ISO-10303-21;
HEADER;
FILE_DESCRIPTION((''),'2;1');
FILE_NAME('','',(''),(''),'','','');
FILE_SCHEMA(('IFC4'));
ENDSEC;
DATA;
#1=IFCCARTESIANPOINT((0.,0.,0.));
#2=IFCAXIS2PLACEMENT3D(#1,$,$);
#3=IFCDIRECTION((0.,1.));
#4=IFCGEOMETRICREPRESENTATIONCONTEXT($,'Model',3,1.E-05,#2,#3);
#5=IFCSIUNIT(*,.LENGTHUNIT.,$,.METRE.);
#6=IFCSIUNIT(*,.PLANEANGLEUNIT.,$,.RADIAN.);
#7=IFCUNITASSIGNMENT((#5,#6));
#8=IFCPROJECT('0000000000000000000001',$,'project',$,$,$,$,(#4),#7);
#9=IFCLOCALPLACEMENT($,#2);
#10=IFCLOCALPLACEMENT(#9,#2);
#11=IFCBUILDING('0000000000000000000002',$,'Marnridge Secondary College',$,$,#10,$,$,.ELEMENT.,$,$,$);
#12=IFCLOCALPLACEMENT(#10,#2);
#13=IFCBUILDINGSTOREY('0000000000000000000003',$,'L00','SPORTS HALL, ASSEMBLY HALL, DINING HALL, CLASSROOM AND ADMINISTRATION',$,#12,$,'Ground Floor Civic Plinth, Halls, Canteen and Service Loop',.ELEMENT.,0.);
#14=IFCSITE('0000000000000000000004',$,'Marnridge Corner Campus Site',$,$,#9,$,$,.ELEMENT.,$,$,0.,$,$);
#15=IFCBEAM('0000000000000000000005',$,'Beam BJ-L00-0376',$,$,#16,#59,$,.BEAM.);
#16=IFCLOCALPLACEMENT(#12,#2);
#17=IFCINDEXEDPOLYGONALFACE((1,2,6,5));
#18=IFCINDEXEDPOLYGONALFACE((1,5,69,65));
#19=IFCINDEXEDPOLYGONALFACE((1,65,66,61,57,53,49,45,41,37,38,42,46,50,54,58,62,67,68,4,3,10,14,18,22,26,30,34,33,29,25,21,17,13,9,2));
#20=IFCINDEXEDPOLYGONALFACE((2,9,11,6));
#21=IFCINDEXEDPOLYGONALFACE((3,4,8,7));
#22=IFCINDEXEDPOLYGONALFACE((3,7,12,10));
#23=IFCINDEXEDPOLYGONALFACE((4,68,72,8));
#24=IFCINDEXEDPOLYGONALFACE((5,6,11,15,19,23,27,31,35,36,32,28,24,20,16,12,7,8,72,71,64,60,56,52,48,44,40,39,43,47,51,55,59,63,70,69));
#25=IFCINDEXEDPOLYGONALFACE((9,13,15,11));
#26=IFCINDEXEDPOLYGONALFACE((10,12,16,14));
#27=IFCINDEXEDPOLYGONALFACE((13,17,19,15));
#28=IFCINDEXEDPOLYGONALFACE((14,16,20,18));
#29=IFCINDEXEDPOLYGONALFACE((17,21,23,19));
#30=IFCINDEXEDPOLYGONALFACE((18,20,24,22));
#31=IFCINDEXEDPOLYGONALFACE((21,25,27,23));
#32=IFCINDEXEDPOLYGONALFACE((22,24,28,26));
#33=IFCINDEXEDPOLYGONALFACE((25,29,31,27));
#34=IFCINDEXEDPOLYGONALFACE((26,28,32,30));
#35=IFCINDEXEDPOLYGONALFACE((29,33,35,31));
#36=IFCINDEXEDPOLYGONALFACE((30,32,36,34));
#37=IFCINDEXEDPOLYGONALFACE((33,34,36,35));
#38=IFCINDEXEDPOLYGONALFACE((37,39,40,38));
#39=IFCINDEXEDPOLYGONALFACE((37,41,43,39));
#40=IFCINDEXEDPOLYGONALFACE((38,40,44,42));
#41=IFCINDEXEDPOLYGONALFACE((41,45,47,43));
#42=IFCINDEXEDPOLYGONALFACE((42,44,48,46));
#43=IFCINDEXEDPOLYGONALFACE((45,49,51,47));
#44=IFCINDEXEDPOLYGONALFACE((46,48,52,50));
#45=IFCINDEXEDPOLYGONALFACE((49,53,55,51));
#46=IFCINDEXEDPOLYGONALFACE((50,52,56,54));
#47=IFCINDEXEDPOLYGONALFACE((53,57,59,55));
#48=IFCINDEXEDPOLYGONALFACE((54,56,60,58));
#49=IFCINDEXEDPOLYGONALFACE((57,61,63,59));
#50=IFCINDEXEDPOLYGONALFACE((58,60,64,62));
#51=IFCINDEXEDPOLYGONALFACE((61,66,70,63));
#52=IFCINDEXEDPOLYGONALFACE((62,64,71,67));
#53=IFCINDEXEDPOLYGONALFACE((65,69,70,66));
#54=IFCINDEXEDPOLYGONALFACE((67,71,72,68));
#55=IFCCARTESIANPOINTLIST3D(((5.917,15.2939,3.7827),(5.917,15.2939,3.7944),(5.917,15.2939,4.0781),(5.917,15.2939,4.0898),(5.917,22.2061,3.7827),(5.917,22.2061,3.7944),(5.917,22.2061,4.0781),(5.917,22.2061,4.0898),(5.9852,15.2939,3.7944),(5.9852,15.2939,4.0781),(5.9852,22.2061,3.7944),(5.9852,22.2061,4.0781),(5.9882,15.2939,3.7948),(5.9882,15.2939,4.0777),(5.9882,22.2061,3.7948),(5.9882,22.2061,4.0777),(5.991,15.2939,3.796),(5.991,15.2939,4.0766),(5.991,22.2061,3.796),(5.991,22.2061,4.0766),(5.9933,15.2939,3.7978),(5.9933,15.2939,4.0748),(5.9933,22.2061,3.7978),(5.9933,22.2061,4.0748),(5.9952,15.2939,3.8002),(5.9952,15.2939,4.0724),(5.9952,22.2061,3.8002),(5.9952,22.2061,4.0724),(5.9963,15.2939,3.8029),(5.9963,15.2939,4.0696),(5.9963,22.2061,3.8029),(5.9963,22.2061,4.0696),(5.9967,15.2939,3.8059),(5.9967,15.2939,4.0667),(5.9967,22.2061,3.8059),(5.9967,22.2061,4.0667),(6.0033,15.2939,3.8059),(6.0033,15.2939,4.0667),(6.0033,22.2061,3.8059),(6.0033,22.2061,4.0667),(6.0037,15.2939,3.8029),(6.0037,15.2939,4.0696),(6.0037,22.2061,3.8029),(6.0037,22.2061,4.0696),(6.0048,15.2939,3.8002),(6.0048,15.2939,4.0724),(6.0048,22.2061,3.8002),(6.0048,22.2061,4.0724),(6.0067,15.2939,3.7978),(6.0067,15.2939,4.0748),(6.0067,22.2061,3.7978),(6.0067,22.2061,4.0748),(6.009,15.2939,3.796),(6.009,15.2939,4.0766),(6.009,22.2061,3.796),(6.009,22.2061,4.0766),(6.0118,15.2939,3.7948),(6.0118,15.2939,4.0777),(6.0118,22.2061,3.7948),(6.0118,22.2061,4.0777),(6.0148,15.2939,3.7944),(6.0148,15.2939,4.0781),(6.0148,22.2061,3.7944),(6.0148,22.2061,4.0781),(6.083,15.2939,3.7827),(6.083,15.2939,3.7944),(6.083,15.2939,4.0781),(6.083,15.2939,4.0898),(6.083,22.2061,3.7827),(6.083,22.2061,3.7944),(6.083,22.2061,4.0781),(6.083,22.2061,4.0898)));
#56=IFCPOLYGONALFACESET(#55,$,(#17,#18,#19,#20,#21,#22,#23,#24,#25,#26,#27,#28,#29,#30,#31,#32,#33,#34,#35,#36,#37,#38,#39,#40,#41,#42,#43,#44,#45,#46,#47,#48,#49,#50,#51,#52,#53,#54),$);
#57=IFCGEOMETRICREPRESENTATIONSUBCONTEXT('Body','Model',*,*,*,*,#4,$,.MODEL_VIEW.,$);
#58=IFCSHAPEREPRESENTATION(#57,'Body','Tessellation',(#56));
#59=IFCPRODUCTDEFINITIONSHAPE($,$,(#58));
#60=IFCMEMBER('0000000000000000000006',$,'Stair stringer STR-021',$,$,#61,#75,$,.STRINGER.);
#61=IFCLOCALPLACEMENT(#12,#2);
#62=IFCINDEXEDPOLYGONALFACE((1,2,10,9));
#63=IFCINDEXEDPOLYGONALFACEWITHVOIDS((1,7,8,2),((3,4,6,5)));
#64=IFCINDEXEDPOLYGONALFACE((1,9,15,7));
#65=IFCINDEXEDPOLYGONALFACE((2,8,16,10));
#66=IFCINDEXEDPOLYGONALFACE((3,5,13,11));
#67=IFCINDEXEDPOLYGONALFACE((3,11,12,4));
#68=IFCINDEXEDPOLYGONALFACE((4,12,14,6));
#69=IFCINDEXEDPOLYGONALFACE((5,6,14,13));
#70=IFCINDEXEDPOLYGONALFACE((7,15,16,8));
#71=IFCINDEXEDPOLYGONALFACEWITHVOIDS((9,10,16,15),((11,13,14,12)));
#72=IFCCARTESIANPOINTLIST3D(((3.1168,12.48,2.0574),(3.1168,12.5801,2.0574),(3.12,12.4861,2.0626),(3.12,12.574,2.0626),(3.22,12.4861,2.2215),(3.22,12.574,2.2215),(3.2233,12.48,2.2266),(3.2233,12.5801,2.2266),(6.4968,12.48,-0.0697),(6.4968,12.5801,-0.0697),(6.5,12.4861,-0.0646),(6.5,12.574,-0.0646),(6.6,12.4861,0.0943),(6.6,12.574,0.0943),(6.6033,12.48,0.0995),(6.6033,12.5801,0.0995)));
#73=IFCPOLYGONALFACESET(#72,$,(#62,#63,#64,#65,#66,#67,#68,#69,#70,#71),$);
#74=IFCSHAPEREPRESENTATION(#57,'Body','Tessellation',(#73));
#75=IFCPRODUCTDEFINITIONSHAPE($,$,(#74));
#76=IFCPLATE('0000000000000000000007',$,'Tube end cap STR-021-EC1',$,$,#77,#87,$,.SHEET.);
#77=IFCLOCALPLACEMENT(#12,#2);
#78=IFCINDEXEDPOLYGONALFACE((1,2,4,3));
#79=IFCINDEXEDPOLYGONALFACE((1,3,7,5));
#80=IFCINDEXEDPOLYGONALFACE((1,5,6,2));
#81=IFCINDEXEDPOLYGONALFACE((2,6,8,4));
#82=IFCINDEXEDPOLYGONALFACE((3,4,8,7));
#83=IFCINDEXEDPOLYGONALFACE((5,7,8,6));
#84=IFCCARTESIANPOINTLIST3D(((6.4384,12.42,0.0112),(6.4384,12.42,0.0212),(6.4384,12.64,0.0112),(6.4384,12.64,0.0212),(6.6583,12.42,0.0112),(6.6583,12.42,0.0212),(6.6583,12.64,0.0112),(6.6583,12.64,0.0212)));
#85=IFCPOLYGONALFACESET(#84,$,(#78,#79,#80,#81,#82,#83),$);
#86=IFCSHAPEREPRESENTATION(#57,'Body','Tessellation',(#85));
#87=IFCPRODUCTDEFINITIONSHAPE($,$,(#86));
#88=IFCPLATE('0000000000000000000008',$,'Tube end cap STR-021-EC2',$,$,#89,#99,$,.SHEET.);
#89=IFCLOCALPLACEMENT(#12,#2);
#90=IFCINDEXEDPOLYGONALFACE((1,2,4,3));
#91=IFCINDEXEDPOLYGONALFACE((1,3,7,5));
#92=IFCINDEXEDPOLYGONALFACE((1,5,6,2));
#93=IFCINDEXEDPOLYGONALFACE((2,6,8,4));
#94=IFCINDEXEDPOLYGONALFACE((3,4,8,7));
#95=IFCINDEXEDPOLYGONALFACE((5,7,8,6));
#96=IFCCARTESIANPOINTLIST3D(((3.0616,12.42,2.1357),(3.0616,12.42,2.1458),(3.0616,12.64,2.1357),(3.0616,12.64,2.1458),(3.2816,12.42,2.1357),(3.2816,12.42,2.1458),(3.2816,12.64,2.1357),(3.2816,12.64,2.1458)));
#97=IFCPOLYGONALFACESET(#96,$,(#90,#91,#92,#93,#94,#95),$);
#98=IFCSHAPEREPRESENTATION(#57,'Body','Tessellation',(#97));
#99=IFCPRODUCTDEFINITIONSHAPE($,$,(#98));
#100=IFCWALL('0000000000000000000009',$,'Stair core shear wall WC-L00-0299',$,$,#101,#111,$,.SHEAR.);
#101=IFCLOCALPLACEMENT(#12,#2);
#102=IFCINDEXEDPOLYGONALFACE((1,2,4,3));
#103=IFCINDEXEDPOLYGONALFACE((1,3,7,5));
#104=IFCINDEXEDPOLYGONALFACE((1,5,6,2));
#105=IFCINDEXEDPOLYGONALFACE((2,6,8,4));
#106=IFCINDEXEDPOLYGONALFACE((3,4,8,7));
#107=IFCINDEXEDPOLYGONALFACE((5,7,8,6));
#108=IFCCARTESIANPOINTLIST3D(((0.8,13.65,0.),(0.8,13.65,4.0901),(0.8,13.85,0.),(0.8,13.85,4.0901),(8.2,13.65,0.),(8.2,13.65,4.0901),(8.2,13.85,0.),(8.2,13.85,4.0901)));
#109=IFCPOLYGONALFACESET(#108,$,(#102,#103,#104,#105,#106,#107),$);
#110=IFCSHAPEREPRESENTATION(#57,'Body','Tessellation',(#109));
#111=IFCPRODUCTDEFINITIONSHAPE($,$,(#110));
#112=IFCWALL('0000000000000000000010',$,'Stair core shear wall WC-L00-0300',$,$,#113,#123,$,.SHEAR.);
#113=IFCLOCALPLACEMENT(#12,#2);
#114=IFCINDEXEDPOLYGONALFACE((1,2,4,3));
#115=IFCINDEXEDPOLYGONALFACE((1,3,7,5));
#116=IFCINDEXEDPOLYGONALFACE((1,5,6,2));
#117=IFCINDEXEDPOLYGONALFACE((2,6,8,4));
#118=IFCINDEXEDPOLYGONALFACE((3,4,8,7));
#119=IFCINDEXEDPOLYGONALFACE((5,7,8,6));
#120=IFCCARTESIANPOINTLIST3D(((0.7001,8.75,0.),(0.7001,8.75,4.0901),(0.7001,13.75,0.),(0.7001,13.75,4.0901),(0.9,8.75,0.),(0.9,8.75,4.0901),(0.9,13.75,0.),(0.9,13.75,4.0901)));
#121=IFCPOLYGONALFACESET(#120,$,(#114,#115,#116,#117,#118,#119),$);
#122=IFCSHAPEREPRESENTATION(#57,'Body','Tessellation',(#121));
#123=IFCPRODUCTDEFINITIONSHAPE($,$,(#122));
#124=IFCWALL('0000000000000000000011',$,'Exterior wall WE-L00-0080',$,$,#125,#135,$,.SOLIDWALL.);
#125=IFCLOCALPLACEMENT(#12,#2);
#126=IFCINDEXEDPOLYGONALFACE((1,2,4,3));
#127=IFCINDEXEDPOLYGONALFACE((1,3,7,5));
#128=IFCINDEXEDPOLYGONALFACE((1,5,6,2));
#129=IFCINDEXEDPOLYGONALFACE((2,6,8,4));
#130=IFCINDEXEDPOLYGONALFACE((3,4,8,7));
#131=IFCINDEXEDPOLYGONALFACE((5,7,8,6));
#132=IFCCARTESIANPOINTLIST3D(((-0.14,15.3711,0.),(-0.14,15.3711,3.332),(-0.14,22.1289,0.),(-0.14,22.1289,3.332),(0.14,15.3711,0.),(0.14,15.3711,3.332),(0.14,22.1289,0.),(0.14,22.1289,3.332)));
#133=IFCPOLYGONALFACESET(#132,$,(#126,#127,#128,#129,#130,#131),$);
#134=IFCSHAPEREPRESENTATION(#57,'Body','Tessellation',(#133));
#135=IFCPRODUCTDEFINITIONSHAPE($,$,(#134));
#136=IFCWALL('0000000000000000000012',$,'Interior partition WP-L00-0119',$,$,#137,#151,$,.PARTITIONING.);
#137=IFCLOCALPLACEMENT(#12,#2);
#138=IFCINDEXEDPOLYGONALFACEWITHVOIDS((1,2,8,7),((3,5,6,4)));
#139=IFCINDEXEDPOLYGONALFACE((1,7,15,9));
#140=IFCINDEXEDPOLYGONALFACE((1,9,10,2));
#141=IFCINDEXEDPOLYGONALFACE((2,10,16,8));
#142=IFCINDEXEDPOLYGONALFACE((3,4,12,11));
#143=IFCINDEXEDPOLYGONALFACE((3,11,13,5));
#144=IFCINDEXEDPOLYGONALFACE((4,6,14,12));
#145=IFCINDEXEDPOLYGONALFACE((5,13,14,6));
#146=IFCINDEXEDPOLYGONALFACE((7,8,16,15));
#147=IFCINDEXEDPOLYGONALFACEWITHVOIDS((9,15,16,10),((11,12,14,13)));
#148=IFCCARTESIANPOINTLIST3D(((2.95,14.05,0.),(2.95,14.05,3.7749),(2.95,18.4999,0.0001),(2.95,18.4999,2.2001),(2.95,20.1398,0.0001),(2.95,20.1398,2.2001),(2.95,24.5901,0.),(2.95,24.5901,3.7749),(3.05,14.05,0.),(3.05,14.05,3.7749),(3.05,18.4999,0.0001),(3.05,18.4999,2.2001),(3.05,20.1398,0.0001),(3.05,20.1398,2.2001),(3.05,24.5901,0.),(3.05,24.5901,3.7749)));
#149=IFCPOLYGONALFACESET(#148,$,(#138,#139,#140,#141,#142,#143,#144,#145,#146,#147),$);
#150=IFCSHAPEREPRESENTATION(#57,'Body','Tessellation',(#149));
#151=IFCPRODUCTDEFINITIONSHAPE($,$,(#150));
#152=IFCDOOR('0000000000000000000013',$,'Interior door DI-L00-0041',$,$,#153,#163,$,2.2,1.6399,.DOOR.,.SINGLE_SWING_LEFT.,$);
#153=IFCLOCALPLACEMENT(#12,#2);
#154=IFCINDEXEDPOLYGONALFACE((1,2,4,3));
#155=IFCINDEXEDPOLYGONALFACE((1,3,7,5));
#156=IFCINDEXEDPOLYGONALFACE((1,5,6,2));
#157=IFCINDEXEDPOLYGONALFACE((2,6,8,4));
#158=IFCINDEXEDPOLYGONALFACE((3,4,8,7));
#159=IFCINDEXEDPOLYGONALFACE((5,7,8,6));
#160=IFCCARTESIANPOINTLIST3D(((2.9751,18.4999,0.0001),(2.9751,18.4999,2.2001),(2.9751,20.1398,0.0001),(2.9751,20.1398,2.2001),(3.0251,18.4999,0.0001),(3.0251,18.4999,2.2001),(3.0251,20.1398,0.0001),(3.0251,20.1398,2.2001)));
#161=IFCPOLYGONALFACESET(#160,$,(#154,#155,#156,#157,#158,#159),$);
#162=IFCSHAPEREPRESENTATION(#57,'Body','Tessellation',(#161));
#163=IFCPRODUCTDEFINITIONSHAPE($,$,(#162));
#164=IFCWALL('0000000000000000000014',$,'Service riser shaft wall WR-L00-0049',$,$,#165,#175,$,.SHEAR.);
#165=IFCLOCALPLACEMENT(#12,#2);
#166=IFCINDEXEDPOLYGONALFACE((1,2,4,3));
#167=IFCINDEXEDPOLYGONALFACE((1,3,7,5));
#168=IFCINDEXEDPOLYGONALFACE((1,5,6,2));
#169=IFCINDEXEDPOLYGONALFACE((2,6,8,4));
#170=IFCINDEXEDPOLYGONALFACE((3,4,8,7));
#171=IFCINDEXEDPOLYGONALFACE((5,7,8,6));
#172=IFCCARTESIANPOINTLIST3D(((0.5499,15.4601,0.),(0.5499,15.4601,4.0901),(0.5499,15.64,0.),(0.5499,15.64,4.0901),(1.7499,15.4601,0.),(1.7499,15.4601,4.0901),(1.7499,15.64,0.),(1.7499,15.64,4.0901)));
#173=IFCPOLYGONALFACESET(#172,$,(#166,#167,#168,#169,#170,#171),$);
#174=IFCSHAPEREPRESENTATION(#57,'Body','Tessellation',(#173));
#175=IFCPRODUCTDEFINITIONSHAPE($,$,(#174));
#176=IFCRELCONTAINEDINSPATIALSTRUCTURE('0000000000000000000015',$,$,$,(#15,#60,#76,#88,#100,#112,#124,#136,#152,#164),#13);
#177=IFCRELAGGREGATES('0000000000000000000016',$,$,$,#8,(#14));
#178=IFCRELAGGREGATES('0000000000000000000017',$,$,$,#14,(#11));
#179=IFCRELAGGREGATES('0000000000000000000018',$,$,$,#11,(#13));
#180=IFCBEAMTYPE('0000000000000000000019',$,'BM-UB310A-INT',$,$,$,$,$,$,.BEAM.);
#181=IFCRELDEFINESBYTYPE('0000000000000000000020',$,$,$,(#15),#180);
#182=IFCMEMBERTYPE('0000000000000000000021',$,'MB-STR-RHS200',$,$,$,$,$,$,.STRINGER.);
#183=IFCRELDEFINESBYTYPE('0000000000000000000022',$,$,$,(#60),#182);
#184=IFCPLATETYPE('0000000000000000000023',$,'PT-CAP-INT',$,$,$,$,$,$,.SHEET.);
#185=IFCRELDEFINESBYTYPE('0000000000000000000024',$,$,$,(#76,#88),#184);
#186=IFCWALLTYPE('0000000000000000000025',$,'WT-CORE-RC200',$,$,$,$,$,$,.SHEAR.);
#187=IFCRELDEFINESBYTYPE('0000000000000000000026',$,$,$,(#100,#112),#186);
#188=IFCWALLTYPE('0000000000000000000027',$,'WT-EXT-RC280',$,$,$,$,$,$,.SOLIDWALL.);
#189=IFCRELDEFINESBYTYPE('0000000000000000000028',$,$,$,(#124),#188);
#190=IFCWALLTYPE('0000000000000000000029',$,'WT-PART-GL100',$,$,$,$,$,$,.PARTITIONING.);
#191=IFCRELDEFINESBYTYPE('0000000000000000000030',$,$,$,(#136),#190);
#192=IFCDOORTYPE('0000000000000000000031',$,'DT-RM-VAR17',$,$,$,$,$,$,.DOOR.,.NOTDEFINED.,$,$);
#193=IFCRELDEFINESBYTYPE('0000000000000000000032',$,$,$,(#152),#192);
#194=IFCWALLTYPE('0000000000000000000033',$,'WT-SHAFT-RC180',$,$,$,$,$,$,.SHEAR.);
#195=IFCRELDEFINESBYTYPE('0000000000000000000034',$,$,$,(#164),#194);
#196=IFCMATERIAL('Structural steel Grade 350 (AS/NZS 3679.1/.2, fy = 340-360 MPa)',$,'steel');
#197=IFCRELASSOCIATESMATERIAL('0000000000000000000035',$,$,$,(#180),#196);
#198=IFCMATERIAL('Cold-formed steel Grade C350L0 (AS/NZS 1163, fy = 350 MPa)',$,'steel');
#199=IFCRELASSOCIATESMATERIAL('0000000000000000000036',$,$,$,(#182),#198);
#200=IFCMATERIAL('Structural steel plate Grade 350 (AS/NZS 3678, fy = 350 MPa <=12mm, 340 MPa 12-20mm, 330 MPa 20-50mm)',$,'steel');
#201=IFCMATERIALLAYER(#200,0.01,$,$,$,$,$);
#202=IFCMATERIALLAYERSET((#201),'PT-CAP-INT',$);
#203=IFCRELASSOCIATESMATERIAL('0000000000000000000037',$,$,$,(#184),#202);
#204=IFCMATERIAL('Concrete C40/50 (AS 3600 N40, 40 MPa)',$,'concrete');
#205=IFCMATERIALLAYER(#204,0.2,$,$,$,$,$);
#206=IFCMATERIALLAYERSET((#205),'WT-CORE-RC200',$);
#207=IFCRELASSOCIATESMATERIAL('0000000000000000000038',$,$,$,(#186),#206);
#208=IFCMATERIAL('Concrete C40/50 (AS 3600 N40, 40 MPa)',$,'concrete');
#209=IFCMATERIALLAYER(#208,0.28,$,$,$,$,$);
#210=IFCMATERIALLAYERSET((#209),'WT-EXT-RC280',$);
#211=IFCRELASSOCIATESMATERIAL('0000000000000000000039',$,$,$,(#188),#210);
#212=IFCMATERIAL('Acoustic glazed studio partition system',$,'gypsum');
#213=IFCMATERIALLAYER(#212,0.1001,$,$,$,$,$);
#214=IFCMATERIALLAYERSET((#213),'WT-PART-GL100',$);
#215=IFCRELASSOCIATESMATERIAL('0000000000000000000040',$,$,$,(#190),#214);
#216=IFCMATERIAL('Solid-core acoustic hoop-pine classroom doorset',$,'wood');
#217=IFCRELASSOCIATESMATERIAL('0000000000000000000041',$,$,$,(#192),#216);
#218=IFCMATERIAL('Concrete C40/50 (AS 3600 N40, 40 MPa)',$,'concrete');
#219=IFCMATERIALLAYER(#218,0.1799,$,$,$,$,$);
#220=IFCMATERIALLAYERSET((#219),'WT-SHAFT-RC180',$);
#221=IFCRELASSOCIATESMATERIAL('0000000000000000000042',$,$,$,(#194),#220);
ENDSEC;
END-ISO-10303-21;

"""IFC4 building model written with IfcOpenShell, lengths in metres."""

from ifc_helpers import new_model, si_unit, direction, frame, frame_2d, origin, origin_2d, place, context, subcontext, project, spatial, rectangle, hollow_rectangle, i_section, extrude, material, layer, layer_set, material_profile, profile_set, type_object, element, fill, save


model = new_model("IFC4")

# Units and contexts
model_context = context("Model", 3, precision=1e-05, world=origin(), true_north=direction((0.0, 1.0)))
body_context = subcontext(model_context, "Body", "Model", "MODEL_VIEW")
ifc_project = project(units=[si_unit("LENGTHUNIT", "METRE"), si_unit("PLANEANGLEUNIT", "RADIAN")], contexts=[model_context])

# Site, building, storey
site_placement = place(None, origin())
site = spatial("IfcSite", under=ifc_project, at=site_placement, Name="Marnridge Corner Campus Site", CompositionType="ELEMENT", RefElevation=0.0)
building_placement = place(site_placement, origin())
building = spatial("IfcBuilding", under=site, at=building_placement, Name="Marnridge Secondary College", CompositionType="ELEMENT")
storey_placement = place(building_placement, origin())
storey = spatial("IfcBuildingStorey", under=building, at=storey_placement, Name="L00", Description="SPORTS HALL, ASSEMBLY HALL, DINING HALL, CLASSROOM AND ADMINISTRATION", LongName="Ground Floor Civic Plinth, Halls, Canteen and Service Loop", CompositionType="ELEMENT", Elevation=0.0)

# Beam
ifc_material_1 = material(Name="Structural steel Grade 350 (AS/NZS 3679.1/.2, fy = 340-360 MPa)", Category="steel")
ifc_material_profile_1 = material_profile(ifc_material_1, i_section(OverallWidth=0.166, OverallDepth=0.3071, WebThickness=0.0066, FlangeThickness=0.0117, FilletRadius=0.0115, at=origin_2d()), Name="310UB46.2")
ifc_profile_set_1 = profile_set([ifc_material_profile_1], Name="Structural steel Grade 350 (AS/NZS 3679.1/.2, fy = 340-360 MPa)")
beam_type_1 = type_object("IfcBeamType", Name="BM-UB310A-INT", PredefinedType="BEAM", material=ifc_profile_set_1)
for number, where, z_axis, x_axis, name in (
    (1, (6.0, 15.2939, 3.9363), (0.0, 1.0, 0.0), (-1.0, 0.0, 0.0), "Beam BJ-L00-0376"),
):
    element("IfcBeam", number, at=place(storey_placement, frame(where, z_axis=z_axis, x_axis=x_axis)), inside=storey, type_object=beam_type_1, Name=name, PredefinedType="BEAM", context=body_context, shape_type="SweptSolid", body=[
        extrude(i_section(OverallWidth=0.166, OverallDepth=0.3071, WebThickness=0.0066, FlangeThickness=0.0117, FilletRadius=0.0115, at=origin_2d()), origin(), (0.0, 0.0, 1.0), 6.9121),
    ])

# Member
ifc_material_2 = material(Name="Cold-formed steel Grade C350L0 (AS/NZS 1163, fy = 350 MPa)", Category="steel")
ifc_material_profile_2 = material_profile(ifc_material_2, hollow_rectangle(XDim=0.1001, YDim=0.2, WallThickness=0.0061, at=origin_2d()), Name="200x100x6.0RHS")
ifc_profile_set_2 = profile_set([ifc_material_profile_2], Name="Cold-formed steel Grade C350L0 (AS/NZS 1163, fy = 350 MPa)")
member_type = type_object("IfcMemberType", Name="MB-STR-RHS200", PredefinedType="STRINGER", material=ifc_profile_set_2)
member_placement = place(storey_placement, frame((6.55, 12.53, 0.0149), z_axis=(-0.846349, 0.0, 0.532628), x_axis=(0.0, -1.0, 0.0)))
element("IfcMember", 2, at=member_placement, inside=storey, type_object=member_type, Name="Stair stringer STR-021", PredefinedType="STRINGER", context=body_context, shape_type="SweptSolid", body=[
    extrude(hollow_rectangle(XDim=0.1001, YDim=0.2, WallThickness=0.0061, at=origin_2d()), origin(), (0.0, 0.0, 1.0), 3.9937),
])

# Plates
ifc_material_3 = material(Name="Structural steel plate Grade 350 (AS/NZS 3678, fy = 350 MPa <=12mm, 340 MPa 12-20mm, 330 MPa 20-50mm)", Category="steel")
ifc_layer_1 = layer(ifc_material_3, 0.01)
ifc_layer_set_1 = layer_set([ifc_layer_1], Name="PT-CAP-INT")
plate_type = type_object("IfcPlateType", Name="PT-CAP-INT", PredefinedType="SHEET", material=ifc_layer_set_1)
for number, where, z_axis, x_axis, name in (
    (3, (6.5483, 12.53, 0.0112), (0.0, 0.0, 1.0), (-1.0, 0.0, 0.0), "Tube end cap STR-021-EC1"),
    (4, (3.1716, 12.53, 2.1357), (0.0, 0.0, 1.0), (-1.0, 0.0, 0.0), "Tube end cap STR-021-EC2"),
):
    element("IfcPlate", number, at=place(storey_placement, frame(where, z_axis=z_axis, x_axis=x_axis)), inside=storey, type_object=plate_type, Name=name, PredefinedType="SHEET", context=body_context, shape_type="SweptSolid", body=[
        extrude(rectangle(XDim=0.22, YDim=0.22, at=origin_2d()), origin(), (0.0, 0.0, 1.0), 0.01),
    ])

# Shared definitions
ifc_material_4 = material(Name="Concrete C40/50 (AS 3600 N40, 40 MPa)", Category="concrete")
ifc_layer_2 = layer(ifc_material_4, 0.2)
ifc_layer_set_2 = layer_set([ifc_layer_2], Name="WT-CORE-RC200")
wall_type_1 = type_object("IfcWallType", Name="WT-CORE-RC200", PredefinedType="SHEAR", material=ifc_layer_set_2)

# Walls
wall_1_placement = place(storey_placement, frame((8.2, 13.75, 0.0), z_axis=(0.0, 0.0, 1.0), x_axis=(-1.0, 0.0, 0.0)))
element("IfcWall", 5, at=wall_1_placement, inside=storey, type_object=wall_type_1, Name="Stair core shear wall WC-L00-0299", PredefinedType="SHEAR", context=body_context, shape_type="SweptSolid", body=[
    extrude(rectangle(XDim=7.3999, YDim=0.2, at=frame_2d((3.7, 0.0))), origin(), (0.0, 0.0, 1.0), 4.0901),
])
wall_2_placement = place(storey_placement, frame((0.8, 13.75, 0.0), z_axis=(0.0, 0.0, 1.0), x_axis=(0.0, -1.0, 0.0)))
element("IfcWall", 6, at=wall_2_placement, inside=storey, type_object=wall_type_1, Name="Stair core shear wall WC-L00-0300", PredefinedType="SHEAR", context=body_context, shape_type="SweptSolid", body=[
    extrude(rectangle(XDim=5.0, YDim=0.2, at=frame_2d((2.5, 0.0))), origin(), (0.0, 0.0, 1.0), 4.0901),
])
ifc_material_5 = material(Name="Concrete C40/50 (AS 3600 N40, 40 MPa)", Category="concrete")
ifc_layer_3 = layer(ifc_material_5, 0.28)
ifc_layer_set_3 = layer_set([ifc_layer_3], Name="WT-EXT-RC280")
wall_type_2 = type_object("IfcWallType", Name="WT-EXT-RC280", PredefinedType="SOLIDWALL", material=ifc_layer_set_3)
wall_3_placement = place(storey_placement, frame((0.0, 15.3711, 0.0), z_axis=(0.0, 0.0, 1.0), x_axis=(0.0, 1.0, 0.0)))
element("IfcWall", 7, at=wall_3_placement, inside=storey, type_object=wall_type_2, Name="Exterior wall WE-L00-0080", PredefinedType="SOLIDWALL", context=body_context, shape_type="SweptSolid", body=[
    extrude(rectangle(XDim=6.7578, YDim=0.28, at=frame_2d((3.3789, 0.0))), origin(), (0.0, 0.0, 1.0), 3.332),
])

# Wall, opening, door
ifc_material_6 = material(Name="Acoustic glazed studio partition system", Category="gypsum")
ifc_layer_4 = layer(ifc_material_6, 0.1001)
ifc_layer_set_4 = layer_set([ifc_layer_4], Name="WT-PART-GL100")
wall_type_3 = type_object("IfcWallType", Name="WT-PART-GL100", PredefinedType="PARTITIONING", material=ifc_layer_set_4)
wall_4_placement = place(storey_placement, frame((3.0, 14.05, 0.0), z_axis=(0.0, 0.0, 1.0), x_axis=(0.0, 1.0, 0.0)))
wall_4 = element("IfcWall", 8, at=wall_4_placement, inside=storey, type_object=wall_type_3, Name="Interior partition WP-L00-0119", PredefinedType="PARTITIONING", context=body_context, shape_type="SweptSolid", body=[
    extrude(rectangle(XDim=10.54, YDim=0.1001, at=frame_2d((5.27, 0.0))), origin(), (0.0, 0.0, 1.0), 3.7749),
])
opening_1_placement = place(wall_4_placement, frame((4.45, 0.0, 0.0)))
opening_1 = element("IfcOpeningElement", 9, at=opening_1_placement, cuts=wall_4, PredefinedType="OPENING", context=body_context, shape_type="SweptSolid", body=[
    extrude(rectangle(XDim=1.6399, YDim=2.2, at=frame_2d((0.8198, 1.1001))), frame((0.0, 0.0601, 0.0), z_axis=(0.0, -1.0, 0.0), x_axis=(1.0, 0.0, 0.0)), (0.0, 0.0, 1.0), 0.1201),
])
ifc_material_7 = material(Name="Solid-core acoustic hoop-pine classroom doorset", Category="wood")
door_type_1 = type_object("IfcDoorType", Name="DT-RM-VAR17", OperationType="NOTDEFINED", PredefinedType="DOOR", material=ifc_material_7)
door_1_placement = place(opening_1_placement, origin())
door_1 = element("IfcDoor", 10, at=door_1_placement, inside=storey, type_object=door_type_1, Name="Interior door DI-L00-0041", OperationType="SINGLE_SWING_LEFT", OverallHeight=2.2, OverallWidth=1.6399, PredefinedType="DOOR", context=body_context, shape_type="SweptSolid", body=[
    extrude(rectangle(XDim=1.6399, YDim=2.2, at=frame_2d((0.8198, 1.1001))), frame((0.0, 0.0249, 0.0), z_axis=(0.0, -1.0, 0.0), x_axis=(1.0, 0.0, 0.0)), (0.0, 0.0, 1.0), 0.05),
])
fill(opening_1, door_1)

# Wall
ifc_material_8 = material(Name="Concrete C40/50 (AS 3600 N40, 40 MPa)", Category="concrete")
ifc_layer_5 = layer(ifc_material_8, 0.1799)
ifc_layer_set_5 = layer_set([ifc_layer_5], Name="WT-SHAFT-RC180")
wall_type_4 = type_object("IfcWallType", Name="WT-SHAFT-RC180", PredefinedType="SHEAR", material=ifc_layer_set_5)
for number, where, z_axis, x_axis, name in (
    (11, (1.75, 15.55, 0.0), (0.0, 0.0, 1.0), (-1.0, 0.0, 0.0), "Service riser shaft wall WR-L00-0049"),
):
    element("IfcWall", number, at=place(storey_placement, frame(where, z_axis=z_axis, x_axis=x_axis)), inside=storey, type_object=wall_type_4, Name=name, PredefinedType="SHEAR", context=body_context, shape_type="SweptSolid", body=[
        extrude(rectangle(XDim=1.2, YDim=0.1799, at=frame_2d((0.6001, 0.0))), origin(), (0.0, 0.0, 1.0), 4.0901),
    ])

save(model, "model.ifc")
